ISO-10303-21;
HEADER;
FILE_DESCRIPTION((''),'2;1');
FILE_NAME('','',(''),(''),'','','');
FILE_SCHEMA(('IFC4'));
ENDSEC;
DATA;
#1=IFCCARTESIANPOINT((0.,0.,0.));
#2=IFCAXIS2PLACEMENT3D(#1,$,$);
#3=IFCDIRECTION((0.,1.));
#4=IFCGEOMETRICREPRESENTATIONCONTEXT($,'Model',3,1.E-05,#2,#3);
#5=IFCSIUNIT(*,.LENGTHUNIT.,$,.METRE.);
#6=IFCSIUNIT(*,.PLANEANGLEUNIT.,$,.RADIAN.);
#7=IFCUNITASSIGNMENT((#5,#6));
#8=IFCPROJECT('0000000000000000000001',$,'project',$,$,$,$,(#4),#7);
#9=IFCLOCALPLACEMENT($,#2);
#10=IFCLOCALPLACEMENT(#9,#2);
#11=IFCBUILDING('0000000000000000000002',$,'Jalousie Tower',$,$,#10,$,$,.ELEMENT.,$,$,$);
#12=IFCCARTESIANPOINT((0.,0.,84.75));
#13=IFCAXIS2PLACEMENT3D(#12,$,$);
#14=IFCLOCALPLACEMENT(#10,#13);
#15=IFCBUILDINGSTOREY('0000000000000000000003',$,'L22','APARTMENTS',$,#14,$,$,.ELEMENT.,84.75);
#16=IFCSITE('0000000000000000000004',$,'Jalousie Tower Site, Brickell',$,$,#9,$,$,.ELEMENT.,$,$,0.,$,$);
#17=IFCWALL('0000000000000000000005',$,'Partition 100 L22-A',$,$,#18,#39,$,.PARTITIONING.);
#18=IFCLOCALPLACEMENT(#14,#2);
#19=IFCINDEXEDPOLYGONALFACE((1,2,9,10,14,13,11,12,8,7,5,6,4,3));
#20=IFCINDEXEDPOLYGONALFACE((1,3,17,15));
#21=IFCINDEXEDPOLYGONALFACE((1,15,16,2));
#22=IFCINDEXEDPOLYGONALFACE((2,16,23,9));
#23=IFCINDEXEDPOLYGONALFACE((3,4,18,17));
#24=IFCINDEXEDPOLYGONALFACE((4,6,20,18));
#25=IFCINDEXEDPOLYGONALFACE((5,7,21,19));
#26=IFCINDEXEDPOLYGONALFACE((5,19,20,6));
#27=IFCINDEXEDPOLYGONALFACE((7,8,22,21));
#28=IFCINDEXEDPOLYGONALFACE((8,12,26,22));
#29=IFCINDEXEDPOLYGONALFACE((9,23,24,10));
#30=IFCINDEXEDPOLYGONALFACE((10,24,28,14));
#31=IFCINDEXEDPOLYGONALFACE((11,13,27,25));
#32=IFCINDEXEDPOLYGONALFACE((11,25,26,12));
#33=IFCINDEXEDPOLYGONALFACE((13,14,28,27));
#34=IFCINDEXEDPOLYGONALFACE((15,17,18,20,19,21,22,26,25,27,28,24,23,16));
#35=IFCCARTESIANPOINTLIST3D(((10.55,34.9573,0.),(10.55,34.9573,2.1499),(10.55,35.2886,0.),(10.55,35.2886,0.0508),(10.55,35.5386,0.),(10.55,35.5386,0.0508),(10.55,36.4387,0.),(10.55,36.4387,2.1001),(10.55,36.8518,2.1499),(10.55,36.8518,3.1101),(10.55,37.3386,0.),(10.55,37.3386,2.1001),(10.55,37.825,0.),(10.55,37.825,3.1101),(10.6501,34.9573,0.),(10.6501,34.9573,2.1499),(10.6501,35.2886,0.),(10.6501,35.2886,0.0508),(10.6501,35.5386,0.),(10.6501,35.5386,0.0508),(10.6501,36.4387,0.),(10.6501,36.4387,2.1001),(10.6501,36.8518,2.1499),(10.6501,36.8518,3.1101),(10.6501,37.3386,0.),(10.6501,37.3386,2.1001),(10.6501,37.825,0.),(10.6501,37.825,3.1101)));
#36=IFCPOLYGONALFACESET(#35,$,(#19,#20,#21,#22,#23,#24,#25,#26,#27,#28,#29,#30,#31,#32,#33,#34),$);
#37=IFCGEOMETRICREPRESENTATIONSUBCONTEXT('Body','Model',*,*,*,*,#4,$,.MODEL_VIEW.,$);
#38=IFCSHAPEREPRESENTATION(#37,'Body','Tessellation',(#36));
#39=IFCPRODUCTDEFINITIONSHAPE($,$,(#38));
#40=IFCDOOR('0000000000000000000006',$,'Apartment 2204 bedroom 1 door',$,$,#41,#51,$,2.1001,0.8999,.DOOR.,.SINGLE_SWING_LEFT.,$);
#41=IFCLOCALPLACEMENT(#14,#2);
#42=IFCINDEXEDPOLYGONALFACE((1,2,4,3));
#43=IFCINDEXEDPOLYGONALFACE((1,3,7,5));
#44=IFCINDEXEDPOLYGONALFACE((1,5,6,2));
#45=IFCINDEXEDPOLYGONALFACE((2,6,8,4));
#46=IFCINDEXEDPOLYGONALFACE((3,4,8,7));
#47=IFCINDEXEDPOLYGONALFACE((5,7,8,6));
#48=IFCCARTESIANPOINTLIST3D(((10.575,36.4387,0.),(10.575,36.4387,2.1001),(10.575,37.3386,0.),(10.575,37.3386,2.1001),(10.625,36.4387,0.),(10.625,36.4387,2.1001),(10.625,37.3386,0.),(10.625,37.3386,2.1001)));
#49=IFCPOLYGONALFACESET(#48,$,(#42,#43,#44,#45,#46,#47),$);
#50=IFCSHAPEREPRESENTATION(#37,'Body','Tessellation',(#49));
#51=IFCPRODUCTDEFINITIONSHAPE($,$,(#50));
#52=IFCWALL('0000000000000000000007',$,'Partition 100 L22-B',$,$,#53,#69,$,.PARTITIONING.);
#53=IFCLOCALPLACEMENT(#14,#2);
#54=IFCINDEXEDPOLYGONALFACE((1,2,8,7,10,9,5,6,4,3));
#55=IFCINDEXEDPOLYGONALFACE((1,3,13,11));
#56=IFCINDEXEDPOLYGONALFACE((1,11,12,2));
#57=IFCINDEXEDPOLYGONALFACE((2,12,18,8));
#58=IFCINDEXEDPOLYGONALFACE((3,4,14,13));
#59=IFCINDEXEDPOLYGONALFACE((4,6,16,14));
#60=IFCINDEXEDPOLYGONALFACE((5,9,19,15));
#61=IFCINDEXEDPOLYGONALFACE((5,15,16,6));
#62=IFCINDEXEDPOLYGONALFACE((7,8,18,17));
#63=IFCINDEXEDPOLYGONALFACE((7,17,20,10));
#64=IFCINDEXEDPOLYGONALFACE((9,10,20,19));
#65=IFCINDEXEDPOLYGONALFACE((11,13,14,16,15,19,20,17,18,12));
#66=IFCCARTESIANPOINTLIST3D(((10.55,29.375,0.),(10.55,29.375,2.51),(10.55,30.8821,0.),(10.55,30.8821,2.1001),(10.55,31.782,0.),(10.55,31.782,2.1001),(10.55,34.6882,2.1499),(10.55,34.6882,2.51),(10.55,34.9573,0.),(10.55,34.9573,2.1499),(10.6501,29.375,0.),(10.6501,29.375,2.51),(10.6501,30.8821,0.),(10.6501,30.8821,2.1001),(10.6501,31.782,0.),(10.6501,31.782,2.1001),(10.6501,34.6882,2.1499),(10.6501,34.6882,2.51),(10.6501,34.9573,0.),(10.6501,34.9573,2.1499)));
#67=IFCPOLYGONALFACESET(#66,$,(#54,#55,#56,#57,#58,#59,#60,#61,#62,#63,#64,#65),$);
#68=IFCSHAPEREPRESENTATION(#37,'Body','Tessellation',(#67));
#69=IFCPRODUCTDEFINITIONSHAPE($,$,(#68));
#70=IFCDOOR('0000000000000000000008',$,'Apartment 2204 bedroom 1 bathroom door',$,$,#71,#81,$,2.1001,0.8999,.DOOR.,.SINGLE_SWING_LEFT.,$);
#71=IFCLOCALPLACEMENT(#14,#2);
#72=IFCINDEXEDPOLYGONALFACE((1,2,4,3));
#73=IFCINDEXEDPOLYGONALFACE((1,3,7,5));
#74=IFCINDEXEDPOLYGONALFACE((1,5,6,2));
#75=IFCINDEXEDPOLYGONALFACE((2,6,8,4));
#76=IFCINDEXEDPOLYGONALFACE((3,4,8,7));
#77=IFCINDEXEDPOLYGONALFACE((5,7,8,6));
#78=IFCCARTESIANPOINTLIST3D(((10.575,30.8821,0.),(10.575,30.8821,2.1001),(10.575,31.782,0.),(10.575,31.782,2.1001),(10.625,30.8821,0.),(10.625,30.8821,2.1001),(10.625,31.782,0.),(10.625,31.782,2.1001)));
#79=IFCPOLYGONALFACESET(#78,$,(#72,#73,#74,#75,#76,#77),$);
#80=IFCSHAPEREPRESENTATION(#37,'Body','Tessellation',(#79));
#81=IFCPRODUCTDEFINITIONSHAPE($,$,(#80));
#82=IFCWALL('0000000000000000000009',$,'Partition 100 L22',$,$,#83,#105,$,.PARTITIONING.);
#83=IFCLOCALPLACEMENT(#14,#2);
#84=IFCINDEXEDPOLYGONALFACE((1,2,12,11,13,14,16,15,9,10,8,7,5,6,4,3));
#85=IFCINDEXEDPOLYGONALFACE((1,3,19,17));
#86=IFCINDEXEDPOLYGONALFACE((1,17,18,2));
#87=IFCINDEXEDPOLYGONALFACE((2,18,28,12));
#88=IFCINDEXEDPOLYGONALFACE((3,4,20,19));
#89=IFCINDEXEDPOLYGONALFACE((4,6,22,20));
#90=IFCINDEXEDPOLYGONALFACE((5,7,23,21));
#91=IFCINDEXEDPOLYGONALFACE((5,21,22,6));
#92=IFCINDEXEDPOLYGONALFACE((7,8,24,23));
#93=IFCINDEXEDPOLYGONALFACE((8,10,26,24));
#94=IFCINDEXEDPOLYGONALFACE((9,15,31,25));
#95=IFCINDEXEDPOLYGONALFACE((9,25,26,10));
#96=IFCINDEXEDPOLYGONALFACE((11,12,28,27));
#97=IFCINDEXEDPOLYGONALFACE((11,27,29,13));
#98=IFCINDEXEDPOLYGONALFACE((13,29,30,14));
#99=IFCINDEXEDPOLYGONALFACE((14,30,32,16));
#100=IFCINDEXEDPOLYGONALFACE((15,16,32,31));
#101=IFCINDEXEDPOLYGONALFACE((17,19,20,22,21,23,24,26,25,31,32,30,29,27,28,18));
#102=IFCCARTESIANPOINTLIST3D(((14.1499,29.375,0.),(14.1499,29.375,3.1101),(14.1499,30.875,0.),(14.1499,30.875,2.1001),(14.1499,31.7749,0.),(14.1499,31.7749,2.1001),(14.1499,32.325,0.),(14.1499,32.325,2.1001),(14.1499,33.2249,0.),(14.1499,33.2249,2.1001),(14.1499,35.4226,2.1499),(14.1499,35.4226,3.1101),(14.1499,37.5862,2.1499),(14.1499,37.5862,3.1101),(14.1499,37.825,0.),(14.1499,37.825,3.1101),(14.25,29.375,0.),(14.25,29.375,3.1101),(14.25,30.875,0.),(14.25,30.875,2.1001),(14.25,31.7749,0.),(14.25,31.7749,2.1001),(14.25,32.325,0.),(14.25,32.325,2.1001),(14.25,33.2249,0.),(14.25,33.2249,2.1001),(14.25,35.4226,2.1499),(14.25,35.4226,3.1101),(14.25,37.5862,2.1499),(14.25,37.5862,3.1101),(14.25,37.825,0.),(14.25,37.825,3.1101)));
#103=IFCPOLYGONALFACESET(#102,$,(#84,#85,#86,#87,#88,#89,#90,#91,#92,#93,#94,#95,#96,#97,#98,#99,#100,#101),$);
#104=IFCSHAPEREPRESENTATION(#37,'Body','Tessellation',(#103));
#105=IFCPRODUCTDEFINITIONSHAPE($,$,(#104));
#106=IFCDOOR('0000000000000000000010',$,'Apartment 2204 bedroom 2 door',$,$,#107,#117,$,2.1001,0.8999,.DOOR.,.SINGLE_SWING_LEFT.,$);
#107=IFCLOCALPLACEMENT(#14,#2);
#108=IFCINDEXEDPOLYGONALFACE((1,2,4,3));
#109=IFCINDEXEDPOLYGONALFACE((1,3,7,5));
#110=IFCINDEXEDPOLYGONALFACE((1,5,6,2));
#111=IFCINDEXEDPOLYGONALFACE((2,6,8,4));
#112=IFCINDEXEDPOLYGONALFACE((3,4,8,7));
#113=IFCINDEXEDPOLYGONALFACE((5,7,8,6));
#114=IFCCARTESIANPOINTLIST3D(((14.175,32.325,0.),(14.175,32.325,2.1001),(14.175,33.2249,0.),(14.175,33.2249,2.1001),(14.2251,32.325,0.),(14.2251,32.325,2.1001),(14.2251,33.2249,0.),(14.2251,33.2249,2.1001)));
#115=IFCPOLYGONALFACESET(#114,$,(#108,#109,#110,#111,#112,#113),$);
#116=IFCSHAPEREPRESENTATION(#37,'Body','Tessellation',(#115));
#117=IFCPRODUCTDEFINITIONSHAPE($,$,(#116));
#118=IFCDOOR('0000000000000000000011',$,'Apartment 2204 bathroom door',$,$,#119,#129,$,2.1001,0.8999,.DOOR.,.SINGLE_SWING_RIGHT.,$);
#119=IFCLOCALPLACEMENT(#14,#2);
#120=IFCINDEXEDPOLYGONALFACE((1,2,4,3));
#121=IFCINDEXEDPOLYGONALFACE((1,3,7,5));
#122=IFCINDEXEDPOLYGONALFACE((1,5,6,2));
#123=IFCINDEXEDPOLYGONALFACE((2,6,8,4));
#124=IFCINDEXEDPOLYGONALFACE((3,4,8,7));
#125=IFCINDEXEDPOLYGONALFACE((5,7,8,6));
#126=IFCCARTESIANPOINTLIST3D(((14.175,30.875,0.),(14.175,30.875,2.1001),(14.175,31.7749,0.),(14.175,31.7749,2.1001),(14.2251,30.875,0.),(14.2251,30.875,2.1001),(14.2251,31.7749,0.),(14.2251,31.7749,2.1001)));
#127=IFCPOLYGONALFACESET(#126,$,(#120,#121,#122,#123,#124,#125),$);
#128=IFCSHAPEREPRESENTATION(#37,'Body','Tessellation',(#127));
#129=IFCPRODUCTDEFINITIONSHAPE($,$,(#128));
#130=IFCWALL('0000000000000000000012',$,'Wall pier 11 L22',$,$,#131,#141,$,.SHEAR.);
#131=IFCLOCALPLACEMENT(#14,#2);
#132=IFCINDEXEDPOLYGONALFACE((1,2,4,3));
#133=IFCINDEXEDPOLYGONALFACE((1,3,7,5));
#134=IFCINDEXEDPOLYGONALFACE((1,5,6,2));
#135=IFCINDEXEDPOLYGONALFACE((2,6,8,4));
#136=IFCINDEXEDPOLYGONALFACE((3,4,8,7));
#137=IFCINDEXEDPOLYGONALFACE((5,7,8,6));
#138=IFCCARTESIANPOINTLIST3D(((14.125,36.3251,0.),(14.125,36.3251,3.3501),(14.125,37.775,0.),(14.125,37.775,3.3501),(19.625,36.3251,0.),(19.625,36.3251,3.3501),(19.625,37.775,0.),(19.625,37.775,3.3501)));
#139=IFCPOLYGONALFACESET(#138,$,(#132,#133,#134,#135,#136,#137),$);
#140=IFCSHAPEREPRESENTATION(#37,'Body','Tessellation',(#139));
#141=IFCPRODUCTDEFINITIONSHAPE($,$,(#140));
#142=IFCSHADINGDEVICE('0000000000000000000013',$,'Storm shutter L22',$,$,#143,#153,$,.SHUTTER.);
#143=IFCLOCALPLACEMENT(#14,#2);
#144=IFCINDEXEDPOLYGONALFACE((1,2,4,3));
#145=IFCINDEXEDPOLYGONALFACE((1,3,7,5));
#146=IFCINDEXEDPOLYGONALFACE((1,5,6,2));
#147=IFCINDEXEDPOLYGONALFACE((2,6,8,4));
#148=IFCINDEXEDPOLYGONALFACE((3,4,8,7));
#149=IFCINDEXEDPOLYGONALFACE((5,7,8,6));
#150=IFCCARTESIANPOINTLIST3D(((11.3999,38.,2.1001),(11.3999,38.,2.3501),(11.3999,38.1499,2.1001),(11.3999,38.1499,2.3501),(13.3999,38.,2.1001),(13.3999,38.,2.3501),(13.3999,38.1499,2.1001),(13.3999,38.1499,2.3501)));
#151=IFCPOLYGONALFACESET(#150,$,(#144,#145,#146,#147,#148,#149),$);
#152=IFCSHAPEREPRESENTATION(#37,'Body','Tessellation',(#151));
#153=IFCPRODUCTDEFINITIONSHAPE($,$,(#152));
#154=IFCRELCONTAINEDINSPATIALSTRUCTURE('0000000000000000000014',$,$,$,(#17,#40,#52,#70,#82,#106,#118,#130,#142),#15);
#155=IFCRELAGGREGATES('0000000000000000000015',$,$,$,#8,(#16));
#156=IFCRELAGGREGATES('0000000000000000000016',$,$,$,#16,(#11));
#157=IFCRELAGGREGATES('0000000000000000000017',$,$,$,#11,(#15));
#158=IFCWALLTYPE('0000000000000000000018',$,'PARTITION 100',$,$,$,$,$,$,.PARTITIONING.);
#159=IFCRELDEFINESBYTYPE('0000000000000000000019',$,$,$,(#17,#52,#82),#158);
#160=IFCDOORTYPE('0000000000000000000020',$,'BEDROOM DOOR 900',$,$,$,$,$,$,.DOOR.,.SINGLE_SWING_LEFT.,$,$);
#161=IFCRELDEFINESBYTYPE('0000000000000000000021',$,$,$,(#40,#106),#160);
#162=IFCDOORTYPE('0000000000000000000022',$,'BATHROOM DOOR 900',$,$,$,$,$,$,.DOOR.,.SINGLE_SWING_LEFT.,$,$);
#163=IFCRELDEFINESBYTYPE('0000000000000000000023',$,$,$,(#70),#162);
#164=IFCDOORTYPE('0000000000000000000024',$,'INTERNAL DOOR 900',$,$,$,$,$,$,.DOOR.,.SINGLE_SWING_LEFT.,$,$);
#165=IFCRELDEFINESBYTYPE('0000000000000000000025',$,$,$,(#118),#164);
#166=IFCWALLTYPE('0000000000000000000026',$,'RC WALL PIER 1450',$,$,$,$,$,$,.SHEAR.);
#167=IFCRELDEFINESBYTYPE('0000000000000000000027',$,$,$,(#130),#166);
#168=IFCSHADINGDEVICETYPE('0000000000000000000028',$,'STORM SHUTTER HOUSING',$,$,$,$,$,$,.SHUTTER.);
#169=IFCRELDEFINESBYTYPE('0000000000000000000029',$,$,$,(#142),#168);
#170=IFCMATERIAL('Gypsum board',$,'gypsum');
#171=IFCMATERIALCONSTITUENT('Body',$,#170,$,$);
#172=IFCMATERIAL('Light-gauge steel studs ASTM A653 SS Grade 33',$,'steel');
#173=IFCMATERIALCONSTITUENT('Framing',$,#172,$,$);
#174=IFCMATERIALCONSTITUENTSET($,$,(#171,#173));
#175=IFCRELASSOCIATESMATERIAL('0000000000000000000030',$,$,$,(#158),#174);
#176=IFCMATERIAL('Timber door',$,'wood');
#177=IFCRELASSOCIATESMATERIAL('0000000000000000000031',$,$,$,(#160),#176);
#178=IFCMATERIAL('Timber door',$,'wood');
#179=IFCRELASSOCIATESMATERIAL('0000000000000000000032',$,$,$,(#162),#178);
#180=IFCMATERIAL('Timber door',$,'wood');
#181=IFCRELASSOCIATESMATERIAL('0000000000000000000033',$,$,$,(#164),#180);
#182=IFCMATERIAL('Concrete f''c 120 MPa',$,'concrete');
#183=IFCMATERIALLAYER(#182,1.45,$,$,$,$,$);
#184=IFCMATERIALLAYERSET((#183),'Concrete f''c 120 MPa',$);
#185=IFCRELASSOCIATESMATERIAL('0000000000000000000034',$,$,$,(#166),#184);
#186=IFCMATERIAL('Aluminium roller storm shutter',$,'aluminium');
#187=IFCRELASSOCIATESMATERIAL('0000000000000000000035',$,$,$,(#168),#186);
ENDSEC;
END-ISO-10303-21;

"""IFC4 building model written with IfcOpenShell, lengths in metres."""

from ifc_helpers import new_model, si_unit, direction, frame, frame_2d, origin, origin_2d, place, context, subcontext, project, spatial, polyline, rectangle, outline, extrude, material, layer, layer_set, constituent, constituent_set, type_object, element, fill, save


model = new_model("IFC4")

# Units and contexts
model_context = context("Model", 3, precision=1e-05, world=origin(), true_north=direction((0.0, 1.0)))
body_context = subcontext(model_context, "Body", "Model", "MODEL_VIEW")
ifc_project = project(units=[si_unit("LENGTHUNIT", "METRE"), si_unit("PLANEANGLEUNIT", "RADIAN")], contexts=[model_context])

# Site, building, storey
site_placement = place(None, origin())
site = spatial("IfcSite", under=ifc_project, at=site_placement, Name="Jalousie Tower Site, Brickell", CompositionType="ELEMENT", RefElevation=0.0)
building_placement = place(site_placement, origin())
building = spatial("IfcBuilding", under=site, at=building_placement, Name="Jalousie Tower", CompositionType="ELEMENT")
storey_placement = place(building_placement, frame((0.0, 0.0, 84.75)))
storey = spatial("IfcBuildingStorey", under=building, at=storey_placement, Name="L22", Description="APARTMENTS", CompositionType="ELEMENT", Elevation=84.75)

# Walls, openings, doors
ifc_material_1 = material(Name="Gypsum board", Category="gypsum")
ifc_constituent_1 = constituent(ifc_material_1, Name="Body")
ifc_material_2 = material(Name="Light-gauge steel studs ASTM A653 SS Grade 33", Category="steel")
ifc_constituent_2 = constituent(ifc_material_2, Name="Framing")
ifc_constituent_set_1 = constituent_set(constituents=[ifc_constituent_1, ifc_constituent_2])
wall_type_1 = type_object("IfcWallType", Name="PARTITION 100", PredefinedType="PARTITIONING", material=ifc_constituent_set_1)
wall_1_placement = place(storey_placement, frame((10.6001, 37.825, 0.0), z_axis=(0.0, 0.0, 1.0), x_axis=(0.0, -1.0, 0.0)))
wall_1 = element("IfcWall", 1, at=wall_1_placement, inside=storey, type_object=wall_type_1, Name="Partition 100 L22-A", PredefinedType="PARTITIONING", context=body_context, shape_type="SweptSolid", body=[
    extrude(outline(polyline([(0.9731, 2.1499), (0.9731, 3.1101), (0.0, 3.1101), (0.0, 0.0), (2.2864, 0.0), (2.2864, 0.0508), (2.5364, 0.0508), (2.5364, 0.0), (2.8677, 0.0), (2.8677, 2.1499), (0.9731, 2.1499)])), frame((0.0, 0.05, 0.0), z_axis=(0.0, -1.0, 0.0), x_axis=(1.0, 0.0, 0.0)), (0.0, 0.0, 1.0), 0.1001),
])
opening_1_placement = place(wall_1_placement, frame((0.4863, 0.0, 0.0)))
opening_1 = element("IfcOpeningElement", 2, at=opening_1_placement, cuts=wall_1, PredefinedType="OPENING", context=body_context, shape_type="SweptSolid", body=[
    extrude(rectangle(XDim=0.8999, YDim=2.1001, at=frame_2d((0.45, 1.05))), frame((0.0, 0.0601, 0.0), z_axis=(0.0, -1.0, 0.0), x_axis=(1.0, 0.0, 0.0)), (0.0, 0.0, 1.0), 0.1201),
])
ifc_material_3 = material(Name="Timber door", Category="wood")
door_type_1 = type_object("IfcDoorType", Name="BEDROOM DOOR 900", OperationType="SINGLE_SWING_LEFT", PredefinedType="DOOR", material=ifc_material_3)
door_1_placement = place(opening_1_placement, origin())
door_1 = element("IfcDoor", 3, at=door_1_placement, inside=storey, type_object=door_type_1, Name="Apartment 2204 bedroom 1 door", OperationType="SINGLE_SWING_LEFT", OverallHeight=2.1001, OverallWidth=0.8999, PredefinedType="DOOR", context=body_context, shape_type="SweptSolid", body=[
    extrude(rectangle(XDim=0.8999, YDim=2.1001, at=frame_2d((0.45, 1.05))), frame((0.0, 0.0249, 0.0), z_axis=(0.0, -1.0, 0.0), x_axis=(1.0, 0.0, 0.0)), (0.0, 0.0, 1.0), 0.05),
])
fill(opening_1, door_1)
wall_2_placement = place(storey_placement, frame((10.6001, 34.9573, 0.0), z_axis=(0.0, 0.0, 1.0), x_axis=(0.0, -1.0, 0.0)))
wall_2 = element("IfcWall", 4, at=wall_2_placement, inside=storey, type_object=wall_type_1, Name="Partition 100 L22-B", PredefinedType="PARTITIONING", context=body_context, shape_type="SweptSolid", body=[
    extrude(outline(polyline([(0.0, 0.0), (5.5823, 0.0), (5.5823, 2.51), (0.269, 2.51), (0.269, 2.1499), (0.0, 2.1499), (0.0, 0.0)])), frame((0.0, 0.05, 0.0), z_axis=(0.0, -1.0, 0.0), x_axis=(1.0, 0.0, 0.0)), (0.0, 0.0, 1.0), 0.1001),
])
opening_2_placement = place(wall_2_placement, frame((3.1753, 0.0, 0.0)))
opening_2 = element("IfcOpeningElement", 5, at=opening_2_placement, cuts=wall_2, PredefinedType="OPENING", context=body_context, shape_type="SweptSolid", body=[
    extrude(rectangle(XDim=0.8999, YDim=2.1001, at=frame_2d((0.45, 1.05))), frame((0.0, 0.0601, 0.0), z_axis=(0.0, -1.0, 0.0), x_axis=(1.0, 0.0, 0.0)), (0.0, 0.0, 1.0), 0.1201),
])
ifc_material_4 = material(Name="Timber door", Category="wood")
door_type_2 = type_object("IfcDoorType", Name="BATHROOM DOOR 900", OperationType="SINGLE_SWING_LEFT", PredefinedType="DOOR", material=ifc_material_4)
door_2_placement = place(opening_2_placement, origin())
door_2 = element("IfcDoor", 6, at=door_2_placement, inside=storey, type_object=door_type_2, Name="Apartment 2204 bedroom 1 bathroom door", OperationType="SINGLE_SWING_LEFT", OverallHeight=2.1001, OverallWidth=0.8999, PredefinedType="DOOR", context=body_context, shape_type="SweptSolid", body=[
    extrude(rectangle(XDim=0.8999, YDim=2.1001, at=frame_2d((0.45, 1.05))), frame((0.0, 0.0249, 0.0), z_axis=(0.0, -1.0, 0.0), x_axis=(1.0, 0.0, 0.0)), (0.0, 0.0, 1.0), 0.05),
])
fill(opening_2, door_2)

# Wall, openings, doors
wall_3_placement = place(storey_placement, frame((14.2, 37.825, 0.0), z_axis=(0.0, 0.0, 1.0), x_axis=(0.0, -1.0, 0.0)))
wall_3 = element("IfcWall", 7, at=wall_3_placement, inside=storey, type_object=wall_type_1, Name="Partition 100 L22", PredefinedType="PARTITIONING", context=body_context, shape_type="SweptSolid", body=[
    extrude(outline(polyline([(0.0, 0.0), (8.45, 0.0), (8.45, 3.1101), (2.4023, 3.1101), (2.4023, 2.1499), (0.2388, 2.1499), (0.2388, 3.1101), (0.0, 3.1101), (0.0, 0.0)])), frame((0.0, 0.05, 0.0), z_axis=(0.0, -1.0, 0.0), x_axis=(1.0, 0.0, 0.0)), (0.0, 0.0, 1.0), 0.1001),
])
opening_3_placement = place(wall_3_placement, frame((4.6001, 0.0, 0.0)))
opening_3 = element("IfcOpeningElement", 8, at=opening_3_placement, cuts=wall_3, PredefinedType="OPENING", context=body_context, shape_type="SweptSolid", body=[
    extrude(rectangle(XDim=0.8999, YDim=2.1001, at=frame_2d((0.45, 1.05))), frame((0.0, 0.0601, 0.0), z_axis=(0.0, -1.0, 0.0), x_axis=(1.0, 0.0, 0.0)), (0.0, 0.0, 1.0), 0.1201),
])
opening_4_placement = place(wall_3_placement, frame((6.05, 0.0, 0.0)))
opening_4 = element("IfcOpeningElement", 9, at=opening_4_placement, cuts=wall_3, PredefinedType="OPENING", context=body_context, shape_type="SweptSolid", body=[
    extrude(rectangle(XDim=0.8999, YDim=2.1001, at=frame_2d((0.45, 1.05))), frame((0.0, 0.0601, 0.0), z_axis=(0.0, -1.0, 0.0), x_axis=(1.0, 0.0, 0.0)), (0.0, 0.0, 1.0), 0.1201),
])
door_3_placement = place(opening_3_placement, frame((0.8999, 0.0, 0.0), z_axis=(0.0, 0.0, 1.0), x_axis=(-1.0, 0.0, 0.0)))
door_3 = element("IfcDoor", 10, at=door_3_placement, inside=storey, type_object=door_type_1, Name="Apartment 2204 bedroom 2 door", OperationType="SINGLE_SWING_LEFT", OverallHeight=2.1001, OverallWidth=0.8999, PredefinedType="DOOR", context=body_context, shape_type="SweptSolid", body=[
    extrude(rectangle(XDim=0.8999, YDim=2.1001, at=frame_2d((0.45, 1.05))), frame((0.0, 0.0249, 0.0), z_axis=(0.0, -1.0, 0.0), x_axis=(1.0, 0.0, 0.0)), (0.0, 0.0, 1.0), 0.05),
])
fill(opening_3, door_3)
ifc_material_5 = material(Name="Timber door", Category="wood")
door_type_3 = type_object("IfcDoorType", Name="INTERNAL DOOR 900", OperationType="SINGLE_SWING_LEFT", PredefinedType="DOOR", material=ifc_material_5)
door_4_placement = place(opening_4_placement, frame((0.8999, 0.0, 0.0), z_axis=(0.0, 0.0, 1.0), x_axis=(-1.0, 0.0, 0.0)))
door_4 = element("IfcDoor", 11, at=door_4_placement, inside=storey, type_object=door_type_3, Name="Apartment 2204 bathroom door", OperationType="SINGLE_SWING_RIGHT", OverallHeight=2.1001, OverallWidth=0.8999, PredefinedType="DOOR", context=body_context, shape_type="SweptSolid", body=[
    extrude(rectangle(XDim=0.8999, YDim=2.1001, at=frame_2d((0.45, 1.05))), frame((0.0, 0.0249, 0.0), z_axis=(0.0, -1.0, 0.0), x_axis=(1.0, 0.0, 0.0)), (0.0, 0.0, 1.0), 0.05),
])
fill(opening_4, door_4)

# Wall
ifc_material_6 = material(Name="Concrete f'c 120 MPa", Category="concrete")
ifc_layer_1 = layer(ifc_material_6, 1.45)
ifc_layer_set_1 = layer_set([ifc_layer_1], Name="Concrete f'c 120 MPa")
wall_type_2 = type_object("IfcWallType", Name="RC WALL PIER 1450", PredefinedType="SHEAR", material=ifc_layer_set_1)
wall_4_placement = place(storey_placement, frame((14.125, 37.05, 0.0), z_axis=(0.0, 0.0, 1.0), x_axis=(1.0, 0.0, 0.0)))
element("IfcWall", 12, at=wall_4_placement, inside=storey, type_object=wall_type_2, Name="Wall pier 11 L22", PredefinedType="SHEAR", context=body_context, shape_type="SweptSolid", body=[
    extrude(rectangle(XDim=5.5, YDim=1.45, at=frame_2d((2.75, 0.0))), origin(), (0.0, 0.0, 1.0), 3.3501),
])

# Shading device
ifc_material_7 = material(Name="Aluminium roller storm shutter", Category="aluminium")
shading_device_type = type_object("IfcShadingDeviceType", Name="STORM SHUTTER HOUSING", PredefinedType="SHUTTER", material=ifc_material_7)
shading_device_placement = place(storey_placement, frame((12.3999, 38.075, 2.1001), z_axis=(0.0, 0.0, 1.0), x_axis=(-1.0, 0.0, 0.0)))
element("IfcShadingDevice", 13, at=shading_device_placement, inside=storey, type_object=shading_device_type, Name="Storm shutter L22", PredefinedType="SHUTTER", context=body_context, shape_type="SweptSolid", body=[
    extrude(rectangle(XDim=2.0, YDim=0.1499, at=origin_2d()), origin(), (0.0, 0.0, 1.0), 0.25),
])

save(model, "model.ifc")
